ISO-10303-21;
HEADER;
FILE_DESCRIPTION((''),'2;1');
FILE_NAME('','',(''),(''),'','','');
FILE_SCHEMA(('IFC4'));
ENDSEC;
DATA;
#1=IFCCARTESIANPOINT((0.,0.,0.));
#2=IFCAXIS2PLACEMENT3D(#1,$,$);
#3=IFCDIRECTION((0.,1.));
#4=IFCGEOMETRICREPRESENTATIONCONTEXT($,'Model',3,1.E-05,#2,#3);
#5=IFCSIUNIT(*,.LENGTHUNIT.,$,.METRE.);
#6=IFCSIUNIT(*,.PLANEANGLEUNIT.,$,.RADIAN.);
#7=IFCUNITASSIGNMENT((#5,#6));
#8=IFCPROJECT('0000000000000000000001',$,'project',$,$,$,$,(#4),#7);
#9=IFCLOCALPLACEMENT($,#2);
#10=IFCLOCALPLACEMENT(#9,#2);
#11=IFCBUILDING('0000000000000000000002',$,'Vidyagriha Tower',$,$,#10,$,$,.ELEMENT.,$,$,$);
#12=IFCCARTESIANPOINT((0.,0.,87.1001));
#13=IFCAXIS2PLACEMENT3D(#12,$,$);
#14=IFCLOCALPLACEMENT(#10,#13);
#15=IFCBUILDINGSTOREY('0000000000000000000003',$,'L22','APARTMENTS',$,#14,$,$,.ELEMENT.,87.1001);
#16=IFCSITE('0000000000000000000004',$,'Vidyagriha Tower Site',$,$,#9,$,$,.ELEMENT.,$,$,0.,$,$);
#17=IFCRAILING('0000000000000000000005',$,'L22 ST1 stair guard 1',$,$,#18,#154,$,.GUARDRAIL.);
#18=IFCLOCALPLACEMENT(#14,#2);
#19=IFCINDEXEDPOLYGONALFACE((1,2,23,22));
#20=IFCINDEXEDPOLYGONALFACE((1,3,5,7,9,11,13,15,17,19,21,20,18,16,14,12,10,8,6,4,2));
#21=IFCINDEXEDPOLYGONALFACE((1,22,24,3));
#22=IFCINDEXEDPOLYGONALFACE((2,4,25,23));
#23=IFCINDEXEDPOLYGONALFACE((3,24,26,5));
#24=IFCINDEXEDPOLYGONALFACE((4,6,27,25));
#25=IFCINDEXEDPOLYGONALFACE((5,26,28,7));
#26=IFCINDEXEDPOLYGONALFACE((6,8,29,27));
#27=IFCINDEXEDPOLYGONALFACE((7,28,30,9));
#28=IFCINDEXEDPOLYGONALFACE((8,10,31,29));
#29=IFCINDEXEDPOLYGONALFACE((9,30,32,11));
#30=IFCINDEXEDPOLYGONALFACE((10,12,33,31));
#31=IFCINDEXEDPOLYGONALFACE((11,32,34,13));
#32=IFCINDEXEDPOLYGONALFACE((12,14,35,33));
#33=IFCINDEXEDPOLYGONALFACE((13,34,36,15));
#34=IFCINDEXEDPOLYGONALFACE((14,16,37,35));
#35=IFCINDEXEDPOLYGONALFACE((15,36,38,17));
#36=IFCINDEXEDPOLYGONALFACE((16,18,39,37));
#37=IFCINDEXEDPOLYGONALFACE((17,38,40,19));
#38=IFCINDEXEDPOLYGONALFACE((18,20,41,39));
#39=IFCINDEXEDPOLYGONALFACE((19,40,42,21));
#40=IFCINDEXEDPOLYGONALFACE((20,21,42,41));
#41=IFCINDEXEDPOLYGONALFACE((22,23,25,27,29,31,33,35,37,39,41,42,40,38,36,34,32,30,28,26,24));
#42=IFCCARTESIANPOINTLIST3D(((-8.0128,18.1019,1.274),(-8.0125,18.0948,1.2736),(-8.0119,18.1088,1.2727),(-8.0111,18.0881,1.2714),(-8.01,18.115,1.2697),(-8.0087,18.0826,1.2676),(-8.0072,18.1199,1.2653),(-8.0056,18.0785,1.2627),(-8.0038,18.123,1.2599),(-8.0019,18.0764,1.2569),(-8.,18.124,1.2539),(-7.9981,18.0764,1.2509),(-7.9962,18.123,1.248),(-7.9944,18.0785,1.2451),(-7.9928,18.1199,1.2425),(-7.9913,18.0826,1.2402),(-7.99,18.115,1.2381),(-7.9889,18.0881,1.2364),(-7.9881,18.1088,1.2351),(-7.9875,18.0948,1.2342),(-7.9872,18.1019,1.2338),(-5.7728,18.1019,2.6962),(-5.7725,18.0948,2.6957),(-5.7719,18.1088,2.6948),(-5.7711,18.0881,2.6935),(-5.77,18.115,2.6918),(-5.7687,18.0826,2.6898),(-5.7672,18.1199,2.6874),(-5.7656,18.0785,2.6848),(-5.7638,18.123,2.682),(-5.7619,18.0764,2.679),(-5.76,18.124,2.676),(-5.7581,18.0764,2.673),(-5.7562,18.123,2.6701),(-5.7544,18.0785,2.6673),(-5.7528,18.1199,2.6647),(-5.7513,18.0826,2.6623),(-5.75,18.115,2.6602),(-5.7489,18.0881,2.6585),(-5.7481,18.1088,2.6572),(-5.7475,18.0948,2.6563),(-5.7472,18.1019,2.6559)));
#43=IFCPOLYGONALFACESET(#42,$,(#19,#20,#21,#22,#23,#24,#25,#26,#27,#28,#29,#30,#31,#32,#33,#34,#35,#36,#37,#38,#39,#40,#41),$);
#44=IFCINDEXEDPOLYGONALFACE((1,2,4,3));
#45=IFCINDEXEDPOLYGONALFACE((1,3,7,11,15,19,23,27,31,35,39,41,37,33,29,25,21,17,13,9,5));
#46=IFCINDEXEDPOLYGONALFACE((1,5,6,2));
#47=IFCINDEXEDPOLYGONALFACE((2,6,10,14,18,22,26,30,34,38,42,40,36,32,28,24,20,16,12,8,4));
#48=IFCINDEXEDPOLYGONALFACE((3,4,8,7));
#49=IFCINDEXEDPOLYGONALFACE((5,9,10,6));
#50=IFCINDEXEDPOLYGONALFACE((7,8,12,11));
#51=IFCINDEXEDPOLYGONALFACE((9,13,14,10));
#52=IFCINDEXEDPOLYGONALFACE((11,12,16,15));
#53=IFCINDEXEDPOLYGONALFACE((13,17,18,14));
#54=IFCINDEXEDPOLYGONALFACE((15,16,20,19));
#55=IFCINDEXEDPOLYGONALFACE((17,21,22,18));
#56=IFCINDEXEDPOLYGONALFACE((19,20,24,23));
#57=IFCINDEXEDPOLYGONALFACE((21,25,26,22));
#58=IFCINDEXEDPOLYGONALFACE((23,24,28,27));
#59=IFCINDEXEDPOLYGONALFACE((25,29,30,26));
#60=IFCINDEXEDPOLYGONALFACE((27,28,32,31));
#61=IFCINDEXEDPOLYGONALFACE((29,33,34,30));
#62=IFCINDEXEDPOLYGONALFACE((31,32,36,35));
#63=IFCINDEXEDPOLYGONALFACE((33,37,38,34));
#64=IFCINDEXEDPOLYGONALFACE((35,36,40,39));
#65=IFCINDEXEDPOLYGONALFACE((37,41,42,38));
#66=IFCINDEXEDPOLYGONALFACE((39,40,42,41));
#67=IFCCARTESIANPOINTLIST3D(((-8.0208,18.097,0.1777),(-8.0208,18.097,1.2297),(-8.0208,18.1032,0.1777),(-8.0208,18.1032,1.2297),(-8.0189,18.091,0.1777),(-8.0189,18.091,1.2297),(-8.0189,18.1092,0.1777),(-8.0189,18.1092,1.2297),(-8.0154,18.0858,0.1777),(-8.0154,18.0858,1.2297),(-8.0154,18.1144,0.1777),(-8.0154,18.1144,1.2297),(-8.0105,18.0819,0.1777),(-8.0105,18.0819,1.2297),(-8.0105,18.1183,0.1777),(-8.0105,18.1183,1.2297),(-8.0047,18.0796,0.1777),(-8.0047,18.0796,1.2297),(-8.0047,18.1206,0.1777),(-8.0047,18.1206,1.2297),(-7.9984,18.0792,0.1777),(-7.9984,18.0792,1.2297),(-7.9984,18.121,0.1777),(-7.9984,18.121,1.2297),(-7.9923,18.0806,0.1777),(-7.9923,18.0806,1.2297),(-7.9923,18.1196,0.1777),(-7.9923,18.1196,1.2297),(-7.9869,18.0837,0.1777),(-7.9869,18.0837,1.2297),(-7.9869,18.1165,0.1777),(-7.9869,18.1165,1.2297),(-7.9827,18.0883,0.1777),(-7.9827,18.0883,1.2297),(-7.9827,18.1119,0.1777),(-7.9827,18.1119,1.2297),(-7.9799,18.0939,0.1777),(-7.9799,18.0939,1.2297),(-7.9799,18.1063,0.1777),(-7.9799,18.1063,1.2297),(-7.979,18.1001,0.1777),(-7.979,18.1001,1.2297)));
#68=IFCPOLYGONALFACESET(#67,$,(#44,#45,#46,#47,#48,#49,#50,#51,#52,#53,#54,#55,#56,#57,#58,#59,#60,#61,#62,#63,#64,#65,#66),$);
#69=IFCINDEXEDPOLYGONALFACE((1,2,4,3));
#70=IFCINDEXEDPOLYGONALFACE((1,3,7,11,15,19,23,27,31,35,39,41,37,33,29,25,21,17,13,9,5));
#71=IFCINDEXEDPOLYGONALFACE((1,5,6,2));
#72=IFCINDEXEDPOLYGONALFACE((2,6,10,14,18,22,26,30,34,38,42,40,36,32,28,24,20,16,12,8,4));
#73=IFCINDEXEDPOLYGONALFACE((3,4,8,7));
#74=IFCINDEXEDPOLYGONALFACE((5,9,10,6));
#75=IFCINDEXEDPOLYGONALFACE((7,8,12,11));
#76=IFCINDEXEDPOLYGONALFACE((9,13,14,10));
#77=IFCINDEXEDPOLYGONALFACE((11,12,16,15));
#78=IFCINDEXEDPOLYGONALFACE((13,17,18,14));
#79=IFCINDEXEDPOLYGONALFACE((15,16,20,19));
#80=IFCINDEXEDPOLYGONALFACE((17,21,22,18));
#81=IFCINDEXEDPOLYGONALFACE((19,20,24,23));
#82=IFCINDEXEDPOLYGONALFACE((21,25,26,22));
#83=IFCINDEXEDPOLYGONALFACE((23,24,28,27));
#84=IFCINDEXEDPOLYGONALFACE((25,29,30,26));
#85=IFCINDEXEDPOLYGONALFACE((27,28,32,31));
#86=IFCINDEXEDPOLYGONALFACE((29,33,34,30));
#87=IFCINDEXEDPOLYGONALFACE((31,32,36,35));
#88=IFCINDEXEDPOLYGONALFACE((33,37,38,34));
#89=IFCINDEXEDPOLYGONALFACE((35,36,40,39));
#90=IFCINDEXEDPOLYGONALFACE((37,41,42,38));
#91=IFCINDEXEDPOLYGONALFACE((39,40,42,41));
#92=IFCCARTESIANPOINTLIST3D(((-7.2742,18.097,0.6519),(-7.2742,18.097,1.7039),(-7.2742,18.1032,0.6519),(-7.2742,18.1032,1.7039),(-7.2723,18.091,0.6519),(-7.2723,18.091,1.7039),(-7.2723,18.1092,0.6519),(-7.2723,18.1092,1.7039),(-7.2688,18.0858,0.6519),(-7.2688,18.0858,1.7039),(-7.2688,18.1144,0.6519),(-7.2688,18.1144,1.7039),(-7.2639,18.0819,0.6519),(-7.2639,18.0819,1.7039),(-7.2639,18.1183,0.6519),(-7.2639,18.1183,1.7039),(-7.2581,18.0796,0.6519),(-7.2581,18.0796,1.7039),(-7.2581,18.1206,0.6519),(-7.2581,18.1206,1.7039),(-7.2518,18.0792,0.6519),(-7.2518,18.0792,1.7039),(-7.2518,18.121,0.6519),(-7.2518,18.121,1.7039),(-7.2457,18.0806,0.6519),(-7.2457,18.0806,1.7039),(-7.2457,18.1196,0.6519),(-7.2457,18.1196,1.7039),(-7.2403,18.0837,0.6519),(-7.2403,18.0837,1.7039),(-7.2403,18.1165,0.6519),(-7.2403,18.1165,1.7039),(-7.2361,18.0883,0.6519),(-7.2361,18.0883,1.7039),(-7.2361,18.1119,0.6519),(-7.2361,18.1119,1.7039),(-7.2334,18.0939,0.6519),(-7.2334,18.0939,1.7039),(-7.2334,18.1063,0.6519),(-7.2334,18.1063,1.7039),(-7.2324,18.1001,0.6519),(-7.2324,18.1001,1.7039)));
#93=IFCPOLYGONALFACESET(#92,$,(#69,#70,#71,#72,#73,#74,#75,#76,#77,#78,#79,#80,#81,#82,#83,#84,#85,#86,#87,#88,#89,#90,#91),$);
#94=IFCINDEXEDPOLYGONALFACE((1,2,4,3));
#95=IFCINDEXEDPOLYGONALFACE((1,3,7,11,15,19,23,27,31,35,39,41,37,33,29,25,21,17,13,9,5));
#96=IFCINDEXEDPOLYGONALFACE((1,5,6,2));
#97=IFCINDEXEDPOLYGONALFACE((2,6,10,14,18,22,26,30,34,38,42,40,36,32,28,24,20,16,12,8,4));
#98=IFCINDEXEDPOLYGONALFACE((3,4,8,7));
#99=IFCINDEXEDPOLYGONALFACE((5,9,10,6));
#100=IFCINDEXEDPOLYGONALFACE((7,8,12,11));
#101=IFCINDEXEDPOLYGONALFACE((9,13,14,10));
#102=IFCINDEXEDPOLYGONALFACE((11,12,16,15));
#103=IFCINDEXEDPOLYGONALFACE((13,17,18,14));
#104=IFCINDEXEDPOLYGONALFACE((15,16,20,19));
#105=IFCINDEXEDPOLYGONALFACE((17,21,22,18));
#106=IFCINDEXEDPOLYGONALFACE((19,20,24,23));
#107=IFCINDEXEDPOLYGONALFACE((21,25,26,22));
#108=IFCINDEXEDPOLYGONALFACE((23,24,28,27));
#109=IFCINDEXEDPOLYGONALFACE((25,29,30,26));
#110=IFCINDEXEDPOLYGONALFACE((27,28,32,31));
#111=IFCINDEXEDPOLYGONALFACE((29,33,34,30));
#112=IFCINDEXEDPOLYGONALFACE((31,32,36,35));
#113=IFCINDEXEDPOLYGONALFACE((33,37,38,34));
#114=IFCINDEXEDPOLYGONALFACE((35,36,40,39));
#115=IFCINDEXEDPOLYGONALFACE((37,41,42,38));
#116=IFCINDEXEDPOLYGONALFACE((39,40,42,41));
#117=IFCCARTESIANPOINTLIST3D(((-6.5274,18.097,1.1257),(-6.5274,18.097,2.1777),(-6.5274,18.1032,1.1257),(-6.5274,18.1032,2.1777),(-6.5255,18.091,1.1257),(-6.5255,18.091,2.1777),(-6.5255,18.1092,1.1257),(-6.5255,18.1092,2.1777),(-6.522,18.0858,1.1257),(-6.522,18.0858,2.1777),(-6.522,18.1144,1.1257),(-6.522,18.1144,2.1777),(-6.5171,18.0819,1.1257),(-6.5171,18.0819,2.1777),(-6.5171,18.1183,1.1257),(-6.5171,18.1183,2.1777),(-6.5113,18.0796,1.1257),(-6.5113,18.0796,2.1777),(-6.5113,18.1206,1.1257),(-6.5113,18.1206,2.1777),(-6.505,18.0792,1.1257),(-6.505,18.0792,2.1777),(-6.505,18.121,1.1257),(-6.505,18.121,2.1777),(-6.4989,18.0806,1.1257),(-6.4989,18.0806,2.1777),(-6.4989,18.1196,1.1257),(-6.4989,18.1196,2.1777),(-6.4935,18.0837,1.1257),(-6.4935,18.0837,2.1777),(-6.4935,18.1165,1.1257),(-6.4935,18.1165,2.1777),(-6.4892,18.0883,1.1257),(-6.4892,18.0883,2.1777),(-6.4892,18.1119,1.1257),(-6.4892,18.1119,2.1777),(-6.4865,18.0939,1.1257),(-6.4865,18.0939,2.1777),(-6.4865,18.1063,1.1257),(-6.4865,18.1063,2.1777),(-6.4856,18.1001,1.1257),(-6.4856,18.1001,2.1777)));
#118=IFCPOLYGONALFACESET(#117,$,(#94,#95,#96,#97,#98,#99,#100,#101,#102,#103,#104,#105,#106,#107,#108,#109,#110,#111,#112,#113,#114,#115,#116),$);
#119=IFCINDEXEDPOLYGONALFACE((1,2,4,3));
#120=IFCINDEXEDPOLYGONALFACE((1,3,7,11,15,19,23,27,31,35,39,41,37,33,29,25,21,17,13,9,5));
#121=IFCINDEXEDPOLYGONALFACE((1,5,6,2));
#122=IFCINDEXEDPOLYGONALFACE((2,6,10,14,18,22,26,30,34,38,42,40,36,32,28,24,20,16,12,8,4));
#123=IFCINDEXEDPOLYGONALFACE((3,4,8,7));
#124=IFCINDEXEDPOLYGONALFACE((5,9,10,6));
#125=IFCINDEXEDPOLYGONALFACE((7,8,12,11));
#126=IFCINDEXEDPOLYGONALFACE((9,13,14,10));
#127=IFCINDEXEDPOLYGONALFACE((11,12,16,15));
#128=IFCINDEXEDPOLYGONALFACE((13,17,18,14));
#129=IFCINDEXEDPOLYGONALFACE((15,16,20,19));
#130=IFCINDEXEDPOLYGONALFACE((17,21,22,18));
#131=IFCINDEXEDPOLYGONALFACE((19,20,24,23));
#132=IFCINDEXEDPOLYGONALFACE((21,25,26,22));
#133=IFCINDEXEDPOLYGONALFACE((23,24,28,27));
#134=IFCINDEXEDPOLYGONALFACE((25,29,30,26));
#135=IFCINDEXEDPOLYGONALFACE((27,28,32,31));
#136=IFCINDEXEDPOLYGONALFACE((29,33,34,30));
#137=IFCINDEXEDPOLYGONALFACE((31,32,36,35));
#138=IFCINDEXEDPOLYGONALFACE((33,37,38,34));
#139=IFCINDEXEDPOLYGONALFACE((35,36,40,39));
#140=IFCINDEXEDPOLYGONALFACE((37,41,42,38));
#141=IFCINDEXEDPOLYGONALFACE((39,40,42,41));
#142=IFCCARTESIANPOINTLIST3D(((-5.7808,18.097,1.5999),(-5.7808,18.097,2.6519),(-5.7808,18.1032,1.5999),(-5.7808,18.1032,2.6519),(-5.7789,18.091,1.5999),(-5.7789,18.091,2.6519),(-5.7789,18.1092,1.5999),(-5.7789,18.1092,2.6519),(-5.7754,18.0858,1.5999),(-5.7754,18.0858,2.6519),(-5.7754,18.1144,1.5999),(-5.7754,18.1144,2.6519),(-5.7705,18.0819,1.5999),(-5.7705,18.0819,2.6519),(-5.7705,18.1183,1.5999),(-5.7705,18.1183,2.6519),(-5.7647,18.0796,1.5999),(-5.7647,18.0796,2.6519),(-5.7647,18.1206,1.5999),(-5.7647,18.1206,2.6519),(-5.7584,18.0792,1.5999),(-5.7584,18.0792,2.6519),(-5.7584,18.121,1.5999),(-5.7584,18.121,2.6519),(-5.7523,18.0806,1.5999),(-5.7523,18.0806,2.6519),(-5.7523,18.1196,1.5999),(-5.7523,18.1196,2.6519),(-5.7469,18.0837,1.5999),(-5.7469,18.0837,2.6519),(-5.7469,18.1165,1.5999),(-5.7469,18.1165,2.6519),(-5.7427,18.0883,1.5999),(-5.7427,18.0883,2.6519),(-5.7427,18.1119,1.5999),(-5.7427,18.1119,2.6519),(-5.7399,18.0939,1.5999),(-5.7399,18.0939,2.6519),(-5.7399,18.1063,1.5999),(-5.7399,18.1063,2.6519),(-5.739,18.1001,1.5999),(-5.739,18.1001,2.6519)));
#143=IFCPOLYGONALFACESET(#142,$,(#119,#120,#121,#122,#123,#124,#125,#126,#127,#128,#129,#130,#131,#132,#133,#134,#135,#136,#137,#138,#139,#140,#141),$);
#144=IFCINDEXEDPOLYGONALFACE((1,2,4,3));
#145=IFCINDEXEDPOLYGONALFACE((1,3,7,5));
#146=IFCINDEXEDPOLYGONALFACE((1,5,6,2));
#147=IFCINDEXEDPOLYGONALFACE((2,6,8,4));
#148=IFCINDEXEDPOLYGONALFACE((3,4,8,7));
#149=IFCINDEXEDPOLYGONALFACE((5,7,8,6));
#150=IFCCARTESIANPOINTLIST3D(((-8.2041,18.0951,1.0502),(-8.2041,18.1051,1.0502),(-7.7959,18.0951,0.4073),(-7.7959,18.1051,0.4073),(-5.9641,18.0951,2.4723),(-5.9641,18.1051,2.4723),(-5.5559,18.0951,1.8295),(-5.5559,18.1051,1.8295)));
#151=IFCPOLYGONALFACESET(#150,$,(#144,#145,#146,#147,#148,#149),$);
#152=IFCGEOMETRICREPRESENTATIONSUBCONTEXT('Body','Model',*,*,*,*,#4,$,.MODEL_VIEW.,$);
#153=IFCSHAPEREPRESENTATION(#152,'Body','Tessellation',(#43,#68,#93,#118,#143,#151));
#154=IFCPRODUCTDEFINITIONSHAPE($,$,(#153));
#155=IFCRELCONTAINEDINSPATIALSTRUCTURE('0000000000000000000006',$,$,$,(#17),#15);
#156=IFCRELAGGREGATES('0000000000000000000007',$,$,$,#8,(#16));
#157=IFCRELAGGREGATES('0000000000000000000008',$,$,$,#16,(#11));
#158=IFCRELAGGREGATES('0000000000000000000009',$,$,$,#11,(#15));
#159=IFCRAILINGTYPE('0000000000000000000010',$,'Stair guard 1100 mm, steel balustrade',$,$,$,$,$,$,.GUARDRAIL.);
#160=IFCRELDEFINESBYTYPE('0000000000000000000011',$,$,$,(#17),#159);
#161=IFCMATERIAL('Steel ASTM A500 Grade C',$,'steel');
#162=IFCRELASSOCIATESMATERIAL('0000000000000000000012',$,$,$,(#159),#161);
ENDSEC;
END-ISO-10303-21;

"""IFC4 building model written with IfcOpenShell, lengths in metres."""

from ifc_helpers import new_model, si_unit, direction, frame, origin, origin_2d, place, context, subcontext, project, spatial, rectangle, circle, extrude, material, type_object, element, save


model = new_model("IFC4")

# Units and contexts
model_context = context("Model", 3, precision=1e-05, world=origin(), true_north=direction((0.0, 1.0)))
body_context = subcontext(model_context, "Body", "Model", "MODEL_VIEW")
ifc_project = project(units=[si_unit("LENGTHUNIT", "METRE"), si_unit("PLANEANGLEUNIT", "RADIAN")], contexts=[model_context])

# Site, building, storey
site_placement = place(None, origin())
site = spatial("IfcSite", under=ifc_project, at=site_placement, Name="Vidyagriha Tower Site", CompositionType="ELEMENT", RefElevation=0.0)
building_placement = place(site_placement, origin())
building = spatial("IfcBuilding", under=site, at=building_placement, Name="Vidyagriha Tower", CompositionType="ELEMENT")
storey_placement = place(building_placement, frame((0.0, 0.0, 87.1001)))
storey = spatial("IfcBuildingStorey", under=building, at=storey_placement, Name="L22", Description="APARTMENTS", CompositionType="ELEMENT", Elevation=87.1001)

# Railing
ifc_material_1 = material(Name="Steel ASTM A500 Grade C", Category="steel")
railing_type_1 = type_object("IfcRailingType", Name="Stair guard 1100 mm, steel balustrade", PredefinedType="GUARDRAIL", material=ifc_material_1)
railing_1_placement = place(storey_placement, frame((-8.0, 18.1001, 0.1777)))
element("IfcRailing", 1, at=railing_1_placement, inside=storey, type_object=railing_type_1, Name="L22 ST1 stair guard 1", PredefinedType="GUARDRAIL", context=body_context, shape_type="SweptSolid", body=[
    extrude(circle(Radius=0.0239, at=origin_2d()), frame((0.0, 0.0, 1.0762), z_axis=(0.844229, 0.0, 0.535982), x_axis=(0.0, 1.0, 0.0)), (0.0, 0.0, 1.0), 2.6533),
    extrude(circle(Radius=0.021, at=origin_2d()), origin(), (0.0, 0.0, 1.0), 1.052),
    extrude(circle(Radius=0.021, at=origin_2d()), frame((0.7466, 0.0, 0.4741)), (0.0, 0.0, 1.0), 1.052),
    extrude(circle(Radius=0.021, at=origin_2d()), frame((1.4934, 0.0, 0.948)), (0.0, 0.0, 1.0), 1.052),
    extrude(circle(Radius=0.021, at=origin_2d()), frame((2.24, 0.0, 1.4221)), (0.0, 0.0, 1.0), 1.052),
    extrude(rectangle(XDim=0.01, YDim=0.7615, at=origin_2d()), frame((0.0, 0.0, 0.551), z_axis=(0.844229, 0.0, 0.535982), x_axis=(0.0, 1.0, 0.0)), (0.0, 0.0, 1.0), 2.6533),
])

save(model, "model.ifc")
